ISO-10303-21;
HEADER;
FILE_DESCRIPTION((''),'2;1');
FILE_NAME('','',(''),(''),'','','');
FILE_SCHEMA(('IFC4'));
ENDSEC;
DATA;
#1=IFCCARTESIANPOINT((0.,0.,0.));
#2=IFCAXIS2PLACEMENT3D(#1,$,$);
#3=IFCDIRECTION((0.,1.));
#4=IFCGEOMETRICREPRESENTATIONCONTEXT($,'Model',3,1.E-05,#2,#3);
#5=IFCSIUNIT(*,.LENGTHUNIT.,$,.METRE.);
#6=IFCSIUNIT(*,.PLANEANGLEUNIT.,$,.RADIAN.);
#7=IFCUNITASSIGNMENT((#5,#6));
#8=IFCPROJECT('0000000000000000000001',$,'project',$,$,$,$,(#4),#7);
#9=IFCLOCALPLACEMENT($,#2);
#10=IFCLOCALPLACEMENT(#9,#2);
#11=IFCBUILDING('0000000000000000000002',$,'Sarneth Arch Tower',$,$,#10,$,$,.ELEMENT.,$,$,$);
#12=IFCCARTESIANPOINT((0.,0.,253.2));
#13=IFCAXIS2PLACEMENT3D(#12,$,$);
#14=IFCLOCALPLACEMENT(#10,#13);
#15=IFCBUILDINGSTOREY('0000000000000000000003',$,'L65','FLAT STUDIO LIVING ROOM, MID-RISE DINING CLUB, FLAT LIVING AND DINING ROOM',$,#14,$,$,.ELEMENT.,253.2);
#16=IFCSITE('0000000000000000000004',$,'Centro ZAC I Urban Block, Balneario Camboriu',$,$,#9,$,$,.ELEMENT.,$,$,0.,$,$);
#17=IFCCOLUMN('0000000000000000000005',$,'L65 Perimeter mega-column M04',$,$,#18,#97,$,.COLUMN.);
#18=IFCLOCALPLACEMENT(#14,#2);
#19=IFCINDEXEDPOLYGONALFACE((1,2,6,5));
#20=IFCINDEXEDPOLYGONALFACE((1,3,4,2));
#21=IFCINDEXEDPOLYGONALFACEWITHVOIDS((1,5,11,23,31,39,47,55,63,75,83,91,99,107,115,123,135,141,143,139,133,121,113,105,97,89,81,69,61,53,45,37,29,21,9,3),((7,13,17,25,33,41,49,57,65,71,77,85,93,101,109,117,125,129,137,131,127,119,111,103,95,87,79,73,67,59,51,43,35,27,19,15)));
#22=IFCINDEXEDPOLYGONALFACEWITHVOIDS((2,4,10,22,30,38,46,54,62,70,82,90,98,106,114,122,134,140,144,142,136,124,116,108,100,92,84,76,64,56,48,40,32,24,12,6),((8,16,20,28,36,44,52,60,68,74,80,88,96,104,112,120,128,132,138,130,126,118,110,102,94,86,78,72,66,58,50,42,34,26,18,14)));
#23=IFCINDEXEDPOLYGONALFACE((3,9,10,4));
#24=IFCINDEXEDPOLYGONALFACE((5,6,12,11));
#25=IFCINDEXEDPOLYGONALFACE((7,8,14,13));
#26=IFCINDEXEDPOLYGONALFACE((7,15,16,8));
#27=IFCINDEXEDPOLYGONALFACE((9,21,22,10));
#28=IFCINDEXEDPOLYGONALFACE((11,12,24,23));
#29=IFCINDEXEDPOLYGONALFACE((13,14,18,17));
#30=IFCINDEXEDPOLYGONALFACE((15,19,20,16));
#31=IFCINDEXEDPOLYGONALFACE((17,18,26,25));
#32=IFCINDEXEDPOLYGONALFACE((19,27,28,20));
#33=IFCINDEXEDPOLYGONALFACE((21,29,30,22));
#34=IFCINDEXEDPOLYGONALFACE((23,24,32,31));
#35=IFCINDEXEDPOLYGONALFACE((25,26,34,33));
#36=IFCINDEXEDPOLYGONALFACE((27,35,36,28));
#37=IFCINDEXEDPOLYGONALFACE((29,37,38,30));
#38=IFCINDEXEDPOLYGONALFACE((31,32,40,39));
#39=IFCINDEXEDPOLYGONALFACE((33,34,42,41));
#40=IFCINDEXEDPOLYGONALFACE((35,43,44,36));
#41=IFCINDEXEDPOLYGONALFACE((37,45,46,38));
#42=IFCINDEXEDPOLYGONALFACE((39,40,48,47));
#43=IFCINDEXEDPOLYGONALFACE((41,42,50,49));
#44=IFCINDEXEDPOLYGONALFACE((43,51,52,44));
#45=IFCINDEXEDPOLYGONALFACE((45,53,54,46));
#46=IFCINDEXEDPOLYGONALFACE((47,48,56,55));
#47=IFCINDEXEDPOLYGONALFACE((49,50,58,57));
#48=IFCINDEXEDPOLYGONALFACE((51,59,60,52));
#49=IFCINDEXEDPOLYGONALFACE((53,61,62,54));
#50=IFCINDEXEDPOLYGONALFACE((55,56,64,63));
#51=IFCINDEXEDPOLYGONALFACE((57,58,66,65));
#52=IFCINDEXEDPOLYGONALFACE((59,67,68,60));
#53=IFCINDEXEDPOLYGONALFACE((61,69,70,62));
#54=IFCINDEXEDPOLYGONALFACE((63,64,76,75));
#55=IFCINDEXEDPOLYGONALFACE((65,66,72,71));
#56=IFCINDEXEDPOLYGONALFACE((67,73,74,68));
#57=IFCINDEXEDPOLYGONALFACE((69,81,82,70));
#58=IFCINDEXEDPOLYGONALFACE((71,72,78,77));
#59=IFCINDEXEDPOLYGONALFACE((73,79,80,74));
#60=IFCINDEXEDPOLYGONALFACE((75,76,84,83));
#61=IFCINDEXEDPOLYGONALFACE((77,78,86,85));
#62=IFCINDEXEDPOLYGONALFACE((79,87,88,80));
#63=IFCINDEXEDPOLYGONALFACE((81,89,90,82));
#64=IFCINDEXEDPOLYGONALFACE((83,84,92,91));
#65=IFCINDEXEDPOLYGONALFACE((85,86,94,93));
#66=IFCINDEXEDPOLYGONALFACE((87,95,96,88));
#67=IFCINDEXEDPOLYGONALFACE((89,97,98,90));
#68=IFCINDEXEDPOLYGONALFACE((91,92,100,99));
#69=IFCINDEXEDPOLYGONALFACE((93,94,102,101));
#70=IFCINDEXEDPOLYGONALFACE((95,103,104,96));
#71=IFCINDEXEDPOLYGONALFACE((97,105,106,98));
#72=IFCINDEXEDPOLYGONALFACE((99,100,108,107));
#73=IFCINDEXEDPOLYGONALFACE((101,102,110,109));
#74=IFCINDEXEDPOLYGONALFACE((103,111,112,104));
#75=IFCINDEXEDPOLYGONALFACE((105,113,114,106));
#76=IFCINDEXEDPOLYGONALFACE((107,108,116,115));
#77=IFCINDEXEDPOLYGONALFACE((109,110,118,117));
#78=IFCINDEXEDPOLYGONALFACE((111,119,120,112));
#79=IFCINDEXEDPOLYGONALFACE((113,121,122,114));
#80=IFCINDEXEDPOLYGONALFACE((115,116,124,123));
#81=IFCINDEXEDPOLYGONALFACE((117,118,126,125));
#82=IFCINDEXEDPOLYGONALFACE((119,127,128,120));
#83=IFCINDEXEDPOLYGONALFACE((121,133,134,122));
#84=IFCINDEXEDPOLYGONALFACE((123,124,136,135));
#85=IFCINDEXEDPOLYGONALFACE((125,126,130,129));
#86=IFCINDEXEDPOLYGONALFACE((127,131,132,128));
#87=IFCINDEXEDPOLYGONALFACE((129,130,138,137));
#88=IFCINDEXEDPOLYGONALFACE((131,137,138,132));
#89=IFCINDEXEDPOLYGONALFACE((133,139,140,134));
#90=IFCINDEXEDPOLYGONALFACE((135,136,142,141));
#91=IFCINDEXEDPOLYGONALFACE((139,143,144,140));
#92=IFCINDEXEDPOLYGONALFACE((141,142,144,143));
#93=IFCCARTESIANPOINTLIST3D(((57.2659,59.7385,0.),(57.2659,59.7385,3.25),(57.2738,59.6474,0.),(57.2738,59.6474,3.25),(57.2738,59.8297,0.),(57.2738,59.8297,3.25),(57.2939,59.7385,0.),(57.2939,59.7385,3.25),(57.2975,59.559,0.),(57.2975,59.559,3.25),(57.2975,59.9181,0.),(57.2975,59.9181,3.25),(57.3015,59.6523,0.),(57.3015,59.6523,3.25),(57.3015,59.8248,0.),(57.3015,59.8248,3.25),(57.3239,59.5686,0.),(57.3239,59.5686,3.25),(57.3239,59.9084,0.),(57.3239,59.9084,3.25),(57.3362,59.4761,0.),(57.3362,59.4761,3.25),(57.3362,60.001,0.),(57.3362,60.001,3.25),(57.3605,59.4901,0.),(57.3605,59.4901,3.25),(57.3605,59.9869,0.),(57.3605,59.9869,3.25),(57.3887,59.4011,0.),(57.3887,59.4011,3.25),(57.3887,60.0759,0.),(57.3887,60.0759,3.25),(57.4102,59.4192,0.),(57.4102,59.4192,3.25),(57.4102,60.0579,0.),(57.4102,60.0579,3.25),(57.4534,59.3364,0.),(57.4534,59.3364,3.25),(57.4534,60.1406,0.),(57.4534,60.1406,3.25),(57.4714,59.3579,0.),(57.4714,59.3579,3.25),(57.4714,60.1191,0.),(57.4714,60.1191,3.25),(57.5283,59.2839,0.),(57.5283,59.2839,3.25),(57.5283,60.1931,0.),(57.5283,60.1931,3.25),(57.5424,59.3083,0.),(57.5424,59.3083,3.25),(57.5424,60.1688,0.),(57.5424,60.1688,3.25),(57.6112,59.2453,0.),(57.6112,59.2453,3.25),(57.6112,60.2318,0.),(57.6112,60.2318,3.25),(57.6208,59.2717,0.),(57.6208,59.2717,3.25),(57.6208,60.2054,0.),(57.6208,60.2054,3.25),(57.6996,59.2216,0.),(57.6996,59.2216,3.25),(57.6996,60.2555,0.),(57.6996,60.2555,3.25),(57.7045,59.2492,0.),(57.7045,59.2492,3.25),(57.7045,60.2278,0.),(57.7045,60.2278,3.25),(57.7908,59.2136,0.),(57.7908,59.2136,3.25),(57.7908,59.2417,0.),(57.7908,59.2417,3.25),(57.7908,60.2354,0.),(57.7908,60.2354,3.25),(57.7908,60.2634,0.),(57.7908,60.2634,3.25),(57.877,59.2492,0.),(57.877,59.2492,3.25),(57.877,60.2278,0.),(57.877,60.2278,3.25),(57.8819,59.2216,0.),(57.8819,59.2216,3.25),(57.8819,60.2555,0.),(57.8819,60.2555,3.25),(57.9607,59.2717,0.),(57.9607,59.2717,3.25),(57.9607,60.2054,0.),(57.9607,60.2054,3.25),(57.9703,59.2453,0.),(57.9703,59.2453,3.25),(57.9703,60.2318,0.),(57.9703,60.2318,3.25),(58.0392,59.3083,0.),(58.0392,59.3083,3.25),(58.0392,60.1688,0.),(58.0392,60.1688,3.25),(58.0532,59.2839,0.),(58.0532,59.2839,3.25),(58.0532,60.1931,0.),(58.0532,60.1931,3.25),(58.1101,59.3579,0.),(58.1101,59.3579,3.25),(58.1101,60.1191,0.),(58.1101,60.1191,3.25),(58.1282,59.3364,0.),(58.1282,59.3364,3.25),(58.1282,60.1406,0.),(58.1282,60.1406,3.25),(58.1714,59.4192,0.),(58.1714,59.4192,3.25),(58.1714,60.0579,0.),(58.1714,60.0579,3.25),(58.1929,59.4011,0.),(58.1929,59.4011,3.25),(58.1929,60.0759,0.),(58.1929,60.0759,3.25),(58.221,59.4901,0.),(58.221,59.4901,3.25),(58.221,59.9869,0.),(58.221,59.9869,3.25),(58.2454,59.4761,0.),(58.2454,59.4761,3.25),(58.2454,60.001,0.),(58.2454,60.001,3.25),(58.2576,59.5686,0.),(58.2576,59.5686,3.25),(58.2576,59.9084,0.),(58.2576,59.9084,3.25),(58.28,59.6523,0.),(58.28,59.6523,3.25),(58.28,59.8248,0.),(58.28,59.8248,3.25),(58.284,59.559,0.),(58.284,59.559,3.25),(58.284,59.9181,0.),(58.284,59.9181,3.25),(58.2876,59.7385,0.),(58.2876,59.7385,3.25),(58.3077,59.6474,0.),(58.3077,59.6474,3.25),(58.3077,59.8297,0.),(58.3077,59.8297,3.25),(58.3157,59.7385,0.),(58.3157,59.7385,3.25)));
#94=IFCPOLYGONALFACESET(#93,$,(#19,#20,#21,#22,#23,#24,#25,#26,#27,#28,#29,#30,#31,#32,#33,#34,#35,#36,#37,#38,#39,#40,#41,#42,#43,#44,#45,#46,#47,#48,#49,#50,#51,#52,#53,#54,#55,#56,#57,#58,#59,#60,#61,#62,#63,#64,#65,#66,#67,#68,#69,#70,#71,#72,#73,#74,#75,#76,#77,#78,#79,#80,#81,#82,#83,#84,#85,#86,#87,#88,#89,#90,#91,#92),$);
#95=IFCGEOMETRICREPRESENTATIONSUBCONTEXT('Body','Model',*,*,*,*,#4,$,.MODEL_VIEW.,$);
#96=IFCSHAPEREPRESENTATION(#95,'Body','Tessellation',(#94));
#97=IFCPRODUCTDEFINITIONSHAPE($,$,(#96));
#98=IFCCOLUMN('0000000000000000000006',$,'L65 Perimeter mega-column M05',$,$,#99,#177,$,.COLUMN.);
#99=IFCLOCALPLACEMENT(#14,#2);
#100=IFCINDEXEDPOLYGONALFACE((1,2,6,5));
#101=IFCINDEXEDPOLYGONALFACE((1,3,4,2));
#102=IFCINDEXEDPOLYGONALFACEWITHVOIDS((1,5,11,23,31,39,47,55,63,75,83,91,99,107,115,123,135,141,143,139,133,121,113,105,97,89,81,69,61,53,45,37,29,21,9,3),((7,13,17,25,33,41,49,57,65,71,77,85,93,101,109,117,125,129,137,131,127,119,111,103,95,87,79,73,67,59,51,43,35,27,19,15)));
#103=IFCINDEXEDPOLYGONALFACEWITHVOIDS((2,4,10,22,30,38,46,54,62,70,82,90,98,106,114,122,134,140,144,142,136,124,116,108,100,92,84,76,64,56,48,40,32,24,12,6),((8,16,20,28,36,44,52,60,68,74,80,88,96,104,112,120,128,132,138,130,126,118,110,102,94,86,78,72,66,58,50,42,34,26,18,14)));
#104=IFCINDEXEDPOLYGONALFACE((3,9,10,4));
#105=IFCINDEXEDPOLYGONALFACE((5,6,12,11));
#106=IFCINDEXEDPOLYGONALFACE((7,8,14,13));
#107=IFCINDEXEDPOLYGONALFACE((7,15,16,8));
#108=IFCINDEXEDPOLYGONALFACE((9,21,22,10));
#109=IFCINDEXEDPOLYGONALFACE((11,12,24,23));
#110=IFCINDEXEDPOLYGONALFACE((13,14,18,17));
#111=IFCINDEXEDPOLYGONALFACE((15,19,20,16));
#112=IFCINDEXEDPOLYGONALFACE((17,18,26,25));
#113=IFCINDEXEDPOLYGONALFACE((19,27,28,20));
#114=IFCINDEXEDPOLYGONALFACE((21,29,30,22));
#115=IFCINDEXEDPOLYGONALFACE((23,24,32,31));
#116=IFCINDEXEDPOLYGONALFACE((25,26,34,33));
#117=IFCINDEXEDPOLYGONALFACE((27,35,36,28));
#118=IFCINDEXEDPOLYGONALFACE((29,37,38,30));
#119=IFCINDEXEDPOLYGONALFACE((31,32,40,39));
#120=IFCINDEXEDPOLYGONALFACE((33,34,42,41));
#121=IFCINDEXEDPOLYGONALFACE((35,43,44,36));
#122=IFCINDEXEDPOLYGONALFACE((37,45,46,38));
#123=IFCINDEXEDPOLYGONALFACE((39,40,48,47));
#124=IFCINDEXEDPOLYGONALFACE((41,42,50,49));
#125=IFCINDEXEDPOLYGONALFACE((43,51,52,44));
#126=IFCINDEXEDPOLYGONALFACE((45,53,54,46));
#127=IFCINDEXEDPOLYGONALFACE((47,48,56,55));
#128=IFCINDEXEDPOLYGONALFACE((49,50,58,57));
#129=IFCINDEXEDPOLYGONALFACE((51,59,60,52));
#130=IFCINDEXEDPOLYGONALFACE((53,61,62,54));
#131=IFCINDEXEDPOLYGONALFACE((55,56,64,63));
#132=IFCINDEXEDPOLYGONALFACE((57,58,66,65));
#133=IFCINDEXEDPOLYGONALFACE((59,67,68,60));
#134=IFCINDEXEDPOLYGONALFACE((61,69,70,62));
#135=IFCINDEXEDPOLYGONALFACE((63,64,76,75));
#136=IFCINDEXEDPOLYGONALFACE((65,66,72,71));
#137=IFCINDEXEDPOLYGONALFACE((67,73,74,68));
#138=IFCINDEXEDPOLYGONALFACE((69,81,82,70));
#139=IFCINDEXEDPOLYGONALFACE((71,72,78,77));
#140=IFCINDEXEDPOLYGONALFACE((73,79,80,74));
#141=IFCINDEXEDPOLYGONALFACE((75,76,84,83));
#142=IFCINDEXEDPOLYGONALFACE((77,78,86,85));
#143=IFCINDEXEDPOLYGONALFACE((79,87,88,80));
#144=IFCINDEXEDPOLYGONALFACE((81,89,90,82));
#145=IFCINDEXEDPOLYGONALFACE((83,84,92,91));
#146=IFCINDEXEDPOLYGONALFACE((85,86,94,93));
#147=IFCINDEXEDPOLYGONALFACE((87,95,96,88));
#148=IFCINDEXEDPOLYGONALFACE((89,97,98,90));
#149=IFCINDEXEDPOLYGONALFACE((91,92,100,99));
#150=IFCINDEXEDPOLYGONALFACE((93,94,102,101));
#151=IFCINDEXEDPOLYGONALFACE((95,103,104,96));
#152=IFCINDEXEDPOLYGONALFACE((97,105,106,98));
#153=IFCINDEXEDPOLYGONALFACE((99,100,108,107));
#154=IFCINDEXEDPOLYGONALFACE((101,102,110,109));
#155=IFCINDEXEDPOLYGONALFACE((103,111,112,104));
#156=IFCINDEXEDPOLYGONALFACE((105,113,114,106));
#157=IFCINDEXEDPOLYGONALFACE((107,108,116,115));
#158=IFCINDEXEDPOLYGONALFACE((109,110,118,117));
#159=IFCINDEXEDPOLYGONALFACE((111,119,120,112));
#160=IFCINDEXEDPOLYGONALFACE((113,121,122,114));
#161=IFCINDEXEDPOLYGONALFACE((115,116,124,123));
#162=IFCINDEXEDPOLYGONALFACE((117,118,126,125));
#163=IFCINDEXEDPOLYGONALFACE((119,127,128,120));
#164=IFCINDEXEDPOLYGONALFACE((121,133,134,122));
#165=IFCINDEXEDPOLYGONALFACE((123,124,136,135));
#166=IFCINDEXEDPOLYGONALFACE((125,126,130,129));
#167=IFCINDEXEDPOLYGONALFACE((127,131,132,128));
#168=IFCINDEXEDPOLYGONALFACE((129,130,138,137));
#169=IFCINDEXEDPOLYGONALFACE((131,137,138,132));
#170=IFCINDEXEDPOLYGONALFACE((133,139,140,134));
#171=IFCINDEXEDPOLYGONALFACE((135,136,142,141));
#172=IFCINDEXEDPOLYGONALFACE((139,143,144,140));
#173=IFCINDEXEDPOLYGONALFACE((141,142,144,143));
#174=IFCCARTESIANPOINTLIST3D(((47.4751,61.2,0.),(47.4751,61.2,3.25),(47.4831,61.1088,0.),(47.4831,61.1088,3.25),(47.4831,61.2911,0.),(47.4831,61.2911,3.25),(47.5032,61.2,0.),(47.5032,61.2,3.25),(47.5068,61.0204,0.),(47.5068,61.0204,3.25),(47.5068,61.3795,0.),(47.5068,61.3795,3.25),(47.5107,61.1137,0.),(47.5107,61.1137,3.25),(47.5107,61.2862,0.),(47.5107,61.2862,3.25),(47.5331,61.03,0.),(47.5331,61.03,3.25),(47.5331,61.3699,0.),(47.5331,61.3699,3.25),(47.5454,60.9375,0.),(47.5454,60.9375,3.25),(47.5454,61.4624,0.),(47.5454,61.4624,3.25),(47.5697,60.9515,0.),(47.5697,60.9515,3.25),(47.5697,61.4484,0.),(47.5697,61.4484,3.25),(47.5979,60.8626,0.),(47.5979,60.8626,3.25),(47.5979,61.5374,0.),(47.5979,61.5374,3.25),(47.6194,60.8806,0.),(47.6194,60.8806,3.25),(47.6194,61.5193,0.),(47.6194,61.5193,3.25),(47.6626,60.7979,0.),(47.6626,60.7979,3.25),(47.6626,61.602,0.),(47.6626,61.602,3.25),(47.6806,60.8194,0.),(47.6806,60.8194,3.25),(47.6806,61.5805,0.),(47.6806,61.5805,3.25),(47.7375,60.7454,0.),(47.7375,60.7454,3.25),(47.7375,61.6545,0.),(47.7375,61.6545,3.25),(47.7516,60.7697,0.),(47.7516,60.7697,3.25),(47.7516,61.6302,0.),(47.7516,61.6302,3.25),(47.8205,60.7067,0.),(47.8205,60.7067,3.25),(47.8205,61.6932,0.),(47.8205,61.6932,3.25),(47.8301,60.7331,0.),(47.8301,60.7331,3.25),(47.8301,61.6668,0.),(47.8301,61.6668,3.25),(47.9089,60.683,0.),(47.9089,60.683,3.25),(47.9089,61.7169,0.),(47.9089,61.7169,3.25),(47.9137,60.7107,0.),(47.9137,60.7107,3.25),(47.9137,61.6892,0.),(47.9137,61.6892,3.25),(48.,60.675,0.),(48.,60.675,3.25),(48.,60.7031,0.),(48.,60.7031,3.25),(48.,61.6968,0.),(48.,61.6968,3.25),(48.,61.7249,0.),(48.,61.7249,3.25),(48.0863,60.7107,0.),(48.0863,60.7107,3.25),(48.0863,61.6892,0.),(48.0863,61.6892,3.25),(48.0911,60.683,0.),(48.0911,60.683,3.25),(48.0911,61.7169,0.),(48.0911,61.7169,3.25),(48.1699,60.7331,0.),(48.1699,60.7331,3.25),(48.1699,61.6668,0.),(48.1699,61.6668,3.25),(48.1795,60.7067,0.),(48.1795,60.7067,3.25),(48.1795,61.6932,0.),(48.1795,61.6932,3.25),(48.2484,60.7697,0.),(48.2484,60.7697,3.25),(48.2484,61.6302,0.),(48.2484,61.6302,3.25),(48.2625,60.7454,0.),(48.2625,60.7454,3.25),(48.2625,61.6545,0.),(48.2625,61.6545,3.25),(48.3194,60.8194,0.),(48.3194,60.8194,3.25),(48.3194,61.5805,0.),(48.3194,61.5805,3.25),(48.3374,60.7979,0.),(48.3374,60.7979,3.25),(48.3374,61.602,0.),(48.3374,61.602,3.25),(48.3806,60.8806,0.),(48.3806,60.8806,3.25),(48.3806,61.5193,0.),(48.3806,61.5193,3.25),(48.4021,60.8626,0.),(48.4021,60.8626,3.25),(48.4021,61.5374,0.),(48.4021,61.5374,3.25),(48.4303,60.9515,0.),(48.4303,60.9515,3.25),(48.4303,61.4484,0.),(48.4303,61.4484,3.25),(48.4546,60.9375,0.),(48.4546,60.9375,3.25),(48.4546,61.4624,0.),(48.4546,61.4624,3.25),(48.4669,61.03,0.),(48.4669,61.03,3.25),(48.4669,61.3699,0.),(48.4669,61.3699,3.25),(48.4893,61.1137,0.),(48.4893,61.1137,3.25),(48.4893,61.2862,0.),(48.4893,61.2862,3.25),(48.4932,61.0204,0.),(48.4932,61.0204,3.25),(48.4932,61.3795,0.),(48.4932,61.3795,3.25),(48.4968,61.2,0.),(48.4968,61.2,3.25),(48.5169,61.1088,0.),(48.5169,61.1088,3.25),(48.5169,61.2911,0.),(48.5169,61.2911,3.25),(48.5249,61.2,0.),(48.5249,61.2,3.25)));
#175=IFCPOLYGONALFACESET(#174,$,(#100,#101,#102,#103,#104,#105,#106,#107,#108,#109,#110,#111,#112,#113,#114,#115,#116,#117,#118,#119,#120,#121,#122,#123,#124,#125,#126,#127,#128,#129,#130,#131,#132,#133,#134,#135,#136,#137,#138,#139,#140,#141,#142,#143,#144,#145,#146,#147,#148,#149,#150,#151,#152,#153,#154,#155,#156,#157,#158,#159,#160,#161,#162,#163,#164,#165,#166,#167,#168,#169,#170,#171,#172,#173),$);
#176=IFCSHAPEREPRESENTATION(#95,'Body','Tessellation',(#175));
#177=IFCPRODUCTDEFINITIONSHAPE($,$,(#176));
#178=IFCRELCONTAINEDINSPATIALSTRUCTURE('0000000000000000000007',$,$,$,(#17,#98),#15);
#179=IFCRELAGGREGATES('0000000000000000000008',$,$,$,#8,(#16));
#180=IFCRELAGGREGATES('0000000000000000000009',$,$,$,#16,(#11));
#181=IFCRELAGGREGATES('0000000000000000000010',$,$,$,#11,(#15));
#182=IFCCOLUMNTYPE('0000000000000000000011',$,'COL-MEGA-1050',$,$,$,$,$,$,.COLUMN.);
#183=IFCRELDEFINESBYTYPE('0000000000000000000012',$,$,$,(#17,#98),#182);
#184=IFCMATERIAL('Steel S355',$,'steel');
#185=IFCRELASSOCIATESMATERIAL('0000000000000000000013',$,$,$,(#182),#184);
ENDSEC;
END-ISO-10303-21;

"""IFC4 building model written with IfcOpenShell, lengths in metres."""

from ifc_helpers import new_model, si_unit, direction, frame, origin, origin_2d, place, context, subcontext, project, spatial, hollow_circle, extrude, material, material_profile, profile_set, type_object, element, save


model = new_model("IFC4")

# Units and contexts
model_context = context("Model", 3, precision=1e-05, world=origin(), true_north=direction((0.0, 1.0)))
body_context = subcontext(model_context, "Body", "Model", "MODEL_VIEW")
ifc_project = project(units=[si_unit("LENGTHUNIT", "METRE"), si_unit("PLANEANGLEUNIT", "RADIAN")], contexts=[model_context])

# Site, building, storey
site_placement = place(None, origin())
site = spatial("IfcSite", under=ifc_project, at=site_placement, Name="Centro ZAC I Urban Block, Balneario Camboriu", CompositionType="ELEMENT", RefElevation=0.0)
building_placement = place(site_placement, origin())
building = spatial("IfcBuilding", under=site, at=building_placement, Name="Sarneth Arch Tower", CompositionType="ELEMENT")
storey_placement = place(building_placement, frame((0.0, 0.0, 253.2)))
storey = spatial("IfcBuildingStorey", under=building, at=storey_placement, Name="L65", Description="FLAT STUDIO LIVING ROOM, MID-RISE DINING CLUB, FLAT LIVING AND DINING ROOM", CompositionType="ELEMENT", Elevation=253.2)

# Columns
ifc_material_1 = material(Name="Steel S355", Category="steel")
ifc_material_profile_1 = material_profile(ifc_material_1, hollow_circle(Radius=0.5249, WallThickness=0.0281, at=origin_2d()), Name="CHS1050x28")
ifc_profile_set_1 = profile_set([ifc_material_profile_1], Name="Steel S355")
column_type = type_object("IfcColumnType", Name="COL-MEGA-1050", PredefinedType="COLUMN", material=ifc_profile_set_1)
for number, where, z_axis, x_axis, name in (
    (1, (57.7908, 59.7385, 0.0), (0.0, 0.0, 1.0), (1.0, 0.0, 0.0), "L65 Perimeter mega-column M04"),
    (2, (48.0, 61.2, 0.0), (0.0, 0.0, 1.0), (1.0, 0.0, 0.0), "L65 Perimeter mega-column M05"),
):
    element("IfcColumn", number, at=place(storey_placement, frame(where, z_axis=z_axis, x_axis=x_axis)), inside=storey, type_object=column_type, Name=name, PredefinedType="COLUMN", context=body_context, shape_type="SweptSolid", body=[
        extrude(hollow_circle(Radius=0.5249, WallThickness=0.0281, at=origin_2d()), origin(), (0.0, 0.0, 1.0), 3.25),
    ])

save(model, "model.ifc")
